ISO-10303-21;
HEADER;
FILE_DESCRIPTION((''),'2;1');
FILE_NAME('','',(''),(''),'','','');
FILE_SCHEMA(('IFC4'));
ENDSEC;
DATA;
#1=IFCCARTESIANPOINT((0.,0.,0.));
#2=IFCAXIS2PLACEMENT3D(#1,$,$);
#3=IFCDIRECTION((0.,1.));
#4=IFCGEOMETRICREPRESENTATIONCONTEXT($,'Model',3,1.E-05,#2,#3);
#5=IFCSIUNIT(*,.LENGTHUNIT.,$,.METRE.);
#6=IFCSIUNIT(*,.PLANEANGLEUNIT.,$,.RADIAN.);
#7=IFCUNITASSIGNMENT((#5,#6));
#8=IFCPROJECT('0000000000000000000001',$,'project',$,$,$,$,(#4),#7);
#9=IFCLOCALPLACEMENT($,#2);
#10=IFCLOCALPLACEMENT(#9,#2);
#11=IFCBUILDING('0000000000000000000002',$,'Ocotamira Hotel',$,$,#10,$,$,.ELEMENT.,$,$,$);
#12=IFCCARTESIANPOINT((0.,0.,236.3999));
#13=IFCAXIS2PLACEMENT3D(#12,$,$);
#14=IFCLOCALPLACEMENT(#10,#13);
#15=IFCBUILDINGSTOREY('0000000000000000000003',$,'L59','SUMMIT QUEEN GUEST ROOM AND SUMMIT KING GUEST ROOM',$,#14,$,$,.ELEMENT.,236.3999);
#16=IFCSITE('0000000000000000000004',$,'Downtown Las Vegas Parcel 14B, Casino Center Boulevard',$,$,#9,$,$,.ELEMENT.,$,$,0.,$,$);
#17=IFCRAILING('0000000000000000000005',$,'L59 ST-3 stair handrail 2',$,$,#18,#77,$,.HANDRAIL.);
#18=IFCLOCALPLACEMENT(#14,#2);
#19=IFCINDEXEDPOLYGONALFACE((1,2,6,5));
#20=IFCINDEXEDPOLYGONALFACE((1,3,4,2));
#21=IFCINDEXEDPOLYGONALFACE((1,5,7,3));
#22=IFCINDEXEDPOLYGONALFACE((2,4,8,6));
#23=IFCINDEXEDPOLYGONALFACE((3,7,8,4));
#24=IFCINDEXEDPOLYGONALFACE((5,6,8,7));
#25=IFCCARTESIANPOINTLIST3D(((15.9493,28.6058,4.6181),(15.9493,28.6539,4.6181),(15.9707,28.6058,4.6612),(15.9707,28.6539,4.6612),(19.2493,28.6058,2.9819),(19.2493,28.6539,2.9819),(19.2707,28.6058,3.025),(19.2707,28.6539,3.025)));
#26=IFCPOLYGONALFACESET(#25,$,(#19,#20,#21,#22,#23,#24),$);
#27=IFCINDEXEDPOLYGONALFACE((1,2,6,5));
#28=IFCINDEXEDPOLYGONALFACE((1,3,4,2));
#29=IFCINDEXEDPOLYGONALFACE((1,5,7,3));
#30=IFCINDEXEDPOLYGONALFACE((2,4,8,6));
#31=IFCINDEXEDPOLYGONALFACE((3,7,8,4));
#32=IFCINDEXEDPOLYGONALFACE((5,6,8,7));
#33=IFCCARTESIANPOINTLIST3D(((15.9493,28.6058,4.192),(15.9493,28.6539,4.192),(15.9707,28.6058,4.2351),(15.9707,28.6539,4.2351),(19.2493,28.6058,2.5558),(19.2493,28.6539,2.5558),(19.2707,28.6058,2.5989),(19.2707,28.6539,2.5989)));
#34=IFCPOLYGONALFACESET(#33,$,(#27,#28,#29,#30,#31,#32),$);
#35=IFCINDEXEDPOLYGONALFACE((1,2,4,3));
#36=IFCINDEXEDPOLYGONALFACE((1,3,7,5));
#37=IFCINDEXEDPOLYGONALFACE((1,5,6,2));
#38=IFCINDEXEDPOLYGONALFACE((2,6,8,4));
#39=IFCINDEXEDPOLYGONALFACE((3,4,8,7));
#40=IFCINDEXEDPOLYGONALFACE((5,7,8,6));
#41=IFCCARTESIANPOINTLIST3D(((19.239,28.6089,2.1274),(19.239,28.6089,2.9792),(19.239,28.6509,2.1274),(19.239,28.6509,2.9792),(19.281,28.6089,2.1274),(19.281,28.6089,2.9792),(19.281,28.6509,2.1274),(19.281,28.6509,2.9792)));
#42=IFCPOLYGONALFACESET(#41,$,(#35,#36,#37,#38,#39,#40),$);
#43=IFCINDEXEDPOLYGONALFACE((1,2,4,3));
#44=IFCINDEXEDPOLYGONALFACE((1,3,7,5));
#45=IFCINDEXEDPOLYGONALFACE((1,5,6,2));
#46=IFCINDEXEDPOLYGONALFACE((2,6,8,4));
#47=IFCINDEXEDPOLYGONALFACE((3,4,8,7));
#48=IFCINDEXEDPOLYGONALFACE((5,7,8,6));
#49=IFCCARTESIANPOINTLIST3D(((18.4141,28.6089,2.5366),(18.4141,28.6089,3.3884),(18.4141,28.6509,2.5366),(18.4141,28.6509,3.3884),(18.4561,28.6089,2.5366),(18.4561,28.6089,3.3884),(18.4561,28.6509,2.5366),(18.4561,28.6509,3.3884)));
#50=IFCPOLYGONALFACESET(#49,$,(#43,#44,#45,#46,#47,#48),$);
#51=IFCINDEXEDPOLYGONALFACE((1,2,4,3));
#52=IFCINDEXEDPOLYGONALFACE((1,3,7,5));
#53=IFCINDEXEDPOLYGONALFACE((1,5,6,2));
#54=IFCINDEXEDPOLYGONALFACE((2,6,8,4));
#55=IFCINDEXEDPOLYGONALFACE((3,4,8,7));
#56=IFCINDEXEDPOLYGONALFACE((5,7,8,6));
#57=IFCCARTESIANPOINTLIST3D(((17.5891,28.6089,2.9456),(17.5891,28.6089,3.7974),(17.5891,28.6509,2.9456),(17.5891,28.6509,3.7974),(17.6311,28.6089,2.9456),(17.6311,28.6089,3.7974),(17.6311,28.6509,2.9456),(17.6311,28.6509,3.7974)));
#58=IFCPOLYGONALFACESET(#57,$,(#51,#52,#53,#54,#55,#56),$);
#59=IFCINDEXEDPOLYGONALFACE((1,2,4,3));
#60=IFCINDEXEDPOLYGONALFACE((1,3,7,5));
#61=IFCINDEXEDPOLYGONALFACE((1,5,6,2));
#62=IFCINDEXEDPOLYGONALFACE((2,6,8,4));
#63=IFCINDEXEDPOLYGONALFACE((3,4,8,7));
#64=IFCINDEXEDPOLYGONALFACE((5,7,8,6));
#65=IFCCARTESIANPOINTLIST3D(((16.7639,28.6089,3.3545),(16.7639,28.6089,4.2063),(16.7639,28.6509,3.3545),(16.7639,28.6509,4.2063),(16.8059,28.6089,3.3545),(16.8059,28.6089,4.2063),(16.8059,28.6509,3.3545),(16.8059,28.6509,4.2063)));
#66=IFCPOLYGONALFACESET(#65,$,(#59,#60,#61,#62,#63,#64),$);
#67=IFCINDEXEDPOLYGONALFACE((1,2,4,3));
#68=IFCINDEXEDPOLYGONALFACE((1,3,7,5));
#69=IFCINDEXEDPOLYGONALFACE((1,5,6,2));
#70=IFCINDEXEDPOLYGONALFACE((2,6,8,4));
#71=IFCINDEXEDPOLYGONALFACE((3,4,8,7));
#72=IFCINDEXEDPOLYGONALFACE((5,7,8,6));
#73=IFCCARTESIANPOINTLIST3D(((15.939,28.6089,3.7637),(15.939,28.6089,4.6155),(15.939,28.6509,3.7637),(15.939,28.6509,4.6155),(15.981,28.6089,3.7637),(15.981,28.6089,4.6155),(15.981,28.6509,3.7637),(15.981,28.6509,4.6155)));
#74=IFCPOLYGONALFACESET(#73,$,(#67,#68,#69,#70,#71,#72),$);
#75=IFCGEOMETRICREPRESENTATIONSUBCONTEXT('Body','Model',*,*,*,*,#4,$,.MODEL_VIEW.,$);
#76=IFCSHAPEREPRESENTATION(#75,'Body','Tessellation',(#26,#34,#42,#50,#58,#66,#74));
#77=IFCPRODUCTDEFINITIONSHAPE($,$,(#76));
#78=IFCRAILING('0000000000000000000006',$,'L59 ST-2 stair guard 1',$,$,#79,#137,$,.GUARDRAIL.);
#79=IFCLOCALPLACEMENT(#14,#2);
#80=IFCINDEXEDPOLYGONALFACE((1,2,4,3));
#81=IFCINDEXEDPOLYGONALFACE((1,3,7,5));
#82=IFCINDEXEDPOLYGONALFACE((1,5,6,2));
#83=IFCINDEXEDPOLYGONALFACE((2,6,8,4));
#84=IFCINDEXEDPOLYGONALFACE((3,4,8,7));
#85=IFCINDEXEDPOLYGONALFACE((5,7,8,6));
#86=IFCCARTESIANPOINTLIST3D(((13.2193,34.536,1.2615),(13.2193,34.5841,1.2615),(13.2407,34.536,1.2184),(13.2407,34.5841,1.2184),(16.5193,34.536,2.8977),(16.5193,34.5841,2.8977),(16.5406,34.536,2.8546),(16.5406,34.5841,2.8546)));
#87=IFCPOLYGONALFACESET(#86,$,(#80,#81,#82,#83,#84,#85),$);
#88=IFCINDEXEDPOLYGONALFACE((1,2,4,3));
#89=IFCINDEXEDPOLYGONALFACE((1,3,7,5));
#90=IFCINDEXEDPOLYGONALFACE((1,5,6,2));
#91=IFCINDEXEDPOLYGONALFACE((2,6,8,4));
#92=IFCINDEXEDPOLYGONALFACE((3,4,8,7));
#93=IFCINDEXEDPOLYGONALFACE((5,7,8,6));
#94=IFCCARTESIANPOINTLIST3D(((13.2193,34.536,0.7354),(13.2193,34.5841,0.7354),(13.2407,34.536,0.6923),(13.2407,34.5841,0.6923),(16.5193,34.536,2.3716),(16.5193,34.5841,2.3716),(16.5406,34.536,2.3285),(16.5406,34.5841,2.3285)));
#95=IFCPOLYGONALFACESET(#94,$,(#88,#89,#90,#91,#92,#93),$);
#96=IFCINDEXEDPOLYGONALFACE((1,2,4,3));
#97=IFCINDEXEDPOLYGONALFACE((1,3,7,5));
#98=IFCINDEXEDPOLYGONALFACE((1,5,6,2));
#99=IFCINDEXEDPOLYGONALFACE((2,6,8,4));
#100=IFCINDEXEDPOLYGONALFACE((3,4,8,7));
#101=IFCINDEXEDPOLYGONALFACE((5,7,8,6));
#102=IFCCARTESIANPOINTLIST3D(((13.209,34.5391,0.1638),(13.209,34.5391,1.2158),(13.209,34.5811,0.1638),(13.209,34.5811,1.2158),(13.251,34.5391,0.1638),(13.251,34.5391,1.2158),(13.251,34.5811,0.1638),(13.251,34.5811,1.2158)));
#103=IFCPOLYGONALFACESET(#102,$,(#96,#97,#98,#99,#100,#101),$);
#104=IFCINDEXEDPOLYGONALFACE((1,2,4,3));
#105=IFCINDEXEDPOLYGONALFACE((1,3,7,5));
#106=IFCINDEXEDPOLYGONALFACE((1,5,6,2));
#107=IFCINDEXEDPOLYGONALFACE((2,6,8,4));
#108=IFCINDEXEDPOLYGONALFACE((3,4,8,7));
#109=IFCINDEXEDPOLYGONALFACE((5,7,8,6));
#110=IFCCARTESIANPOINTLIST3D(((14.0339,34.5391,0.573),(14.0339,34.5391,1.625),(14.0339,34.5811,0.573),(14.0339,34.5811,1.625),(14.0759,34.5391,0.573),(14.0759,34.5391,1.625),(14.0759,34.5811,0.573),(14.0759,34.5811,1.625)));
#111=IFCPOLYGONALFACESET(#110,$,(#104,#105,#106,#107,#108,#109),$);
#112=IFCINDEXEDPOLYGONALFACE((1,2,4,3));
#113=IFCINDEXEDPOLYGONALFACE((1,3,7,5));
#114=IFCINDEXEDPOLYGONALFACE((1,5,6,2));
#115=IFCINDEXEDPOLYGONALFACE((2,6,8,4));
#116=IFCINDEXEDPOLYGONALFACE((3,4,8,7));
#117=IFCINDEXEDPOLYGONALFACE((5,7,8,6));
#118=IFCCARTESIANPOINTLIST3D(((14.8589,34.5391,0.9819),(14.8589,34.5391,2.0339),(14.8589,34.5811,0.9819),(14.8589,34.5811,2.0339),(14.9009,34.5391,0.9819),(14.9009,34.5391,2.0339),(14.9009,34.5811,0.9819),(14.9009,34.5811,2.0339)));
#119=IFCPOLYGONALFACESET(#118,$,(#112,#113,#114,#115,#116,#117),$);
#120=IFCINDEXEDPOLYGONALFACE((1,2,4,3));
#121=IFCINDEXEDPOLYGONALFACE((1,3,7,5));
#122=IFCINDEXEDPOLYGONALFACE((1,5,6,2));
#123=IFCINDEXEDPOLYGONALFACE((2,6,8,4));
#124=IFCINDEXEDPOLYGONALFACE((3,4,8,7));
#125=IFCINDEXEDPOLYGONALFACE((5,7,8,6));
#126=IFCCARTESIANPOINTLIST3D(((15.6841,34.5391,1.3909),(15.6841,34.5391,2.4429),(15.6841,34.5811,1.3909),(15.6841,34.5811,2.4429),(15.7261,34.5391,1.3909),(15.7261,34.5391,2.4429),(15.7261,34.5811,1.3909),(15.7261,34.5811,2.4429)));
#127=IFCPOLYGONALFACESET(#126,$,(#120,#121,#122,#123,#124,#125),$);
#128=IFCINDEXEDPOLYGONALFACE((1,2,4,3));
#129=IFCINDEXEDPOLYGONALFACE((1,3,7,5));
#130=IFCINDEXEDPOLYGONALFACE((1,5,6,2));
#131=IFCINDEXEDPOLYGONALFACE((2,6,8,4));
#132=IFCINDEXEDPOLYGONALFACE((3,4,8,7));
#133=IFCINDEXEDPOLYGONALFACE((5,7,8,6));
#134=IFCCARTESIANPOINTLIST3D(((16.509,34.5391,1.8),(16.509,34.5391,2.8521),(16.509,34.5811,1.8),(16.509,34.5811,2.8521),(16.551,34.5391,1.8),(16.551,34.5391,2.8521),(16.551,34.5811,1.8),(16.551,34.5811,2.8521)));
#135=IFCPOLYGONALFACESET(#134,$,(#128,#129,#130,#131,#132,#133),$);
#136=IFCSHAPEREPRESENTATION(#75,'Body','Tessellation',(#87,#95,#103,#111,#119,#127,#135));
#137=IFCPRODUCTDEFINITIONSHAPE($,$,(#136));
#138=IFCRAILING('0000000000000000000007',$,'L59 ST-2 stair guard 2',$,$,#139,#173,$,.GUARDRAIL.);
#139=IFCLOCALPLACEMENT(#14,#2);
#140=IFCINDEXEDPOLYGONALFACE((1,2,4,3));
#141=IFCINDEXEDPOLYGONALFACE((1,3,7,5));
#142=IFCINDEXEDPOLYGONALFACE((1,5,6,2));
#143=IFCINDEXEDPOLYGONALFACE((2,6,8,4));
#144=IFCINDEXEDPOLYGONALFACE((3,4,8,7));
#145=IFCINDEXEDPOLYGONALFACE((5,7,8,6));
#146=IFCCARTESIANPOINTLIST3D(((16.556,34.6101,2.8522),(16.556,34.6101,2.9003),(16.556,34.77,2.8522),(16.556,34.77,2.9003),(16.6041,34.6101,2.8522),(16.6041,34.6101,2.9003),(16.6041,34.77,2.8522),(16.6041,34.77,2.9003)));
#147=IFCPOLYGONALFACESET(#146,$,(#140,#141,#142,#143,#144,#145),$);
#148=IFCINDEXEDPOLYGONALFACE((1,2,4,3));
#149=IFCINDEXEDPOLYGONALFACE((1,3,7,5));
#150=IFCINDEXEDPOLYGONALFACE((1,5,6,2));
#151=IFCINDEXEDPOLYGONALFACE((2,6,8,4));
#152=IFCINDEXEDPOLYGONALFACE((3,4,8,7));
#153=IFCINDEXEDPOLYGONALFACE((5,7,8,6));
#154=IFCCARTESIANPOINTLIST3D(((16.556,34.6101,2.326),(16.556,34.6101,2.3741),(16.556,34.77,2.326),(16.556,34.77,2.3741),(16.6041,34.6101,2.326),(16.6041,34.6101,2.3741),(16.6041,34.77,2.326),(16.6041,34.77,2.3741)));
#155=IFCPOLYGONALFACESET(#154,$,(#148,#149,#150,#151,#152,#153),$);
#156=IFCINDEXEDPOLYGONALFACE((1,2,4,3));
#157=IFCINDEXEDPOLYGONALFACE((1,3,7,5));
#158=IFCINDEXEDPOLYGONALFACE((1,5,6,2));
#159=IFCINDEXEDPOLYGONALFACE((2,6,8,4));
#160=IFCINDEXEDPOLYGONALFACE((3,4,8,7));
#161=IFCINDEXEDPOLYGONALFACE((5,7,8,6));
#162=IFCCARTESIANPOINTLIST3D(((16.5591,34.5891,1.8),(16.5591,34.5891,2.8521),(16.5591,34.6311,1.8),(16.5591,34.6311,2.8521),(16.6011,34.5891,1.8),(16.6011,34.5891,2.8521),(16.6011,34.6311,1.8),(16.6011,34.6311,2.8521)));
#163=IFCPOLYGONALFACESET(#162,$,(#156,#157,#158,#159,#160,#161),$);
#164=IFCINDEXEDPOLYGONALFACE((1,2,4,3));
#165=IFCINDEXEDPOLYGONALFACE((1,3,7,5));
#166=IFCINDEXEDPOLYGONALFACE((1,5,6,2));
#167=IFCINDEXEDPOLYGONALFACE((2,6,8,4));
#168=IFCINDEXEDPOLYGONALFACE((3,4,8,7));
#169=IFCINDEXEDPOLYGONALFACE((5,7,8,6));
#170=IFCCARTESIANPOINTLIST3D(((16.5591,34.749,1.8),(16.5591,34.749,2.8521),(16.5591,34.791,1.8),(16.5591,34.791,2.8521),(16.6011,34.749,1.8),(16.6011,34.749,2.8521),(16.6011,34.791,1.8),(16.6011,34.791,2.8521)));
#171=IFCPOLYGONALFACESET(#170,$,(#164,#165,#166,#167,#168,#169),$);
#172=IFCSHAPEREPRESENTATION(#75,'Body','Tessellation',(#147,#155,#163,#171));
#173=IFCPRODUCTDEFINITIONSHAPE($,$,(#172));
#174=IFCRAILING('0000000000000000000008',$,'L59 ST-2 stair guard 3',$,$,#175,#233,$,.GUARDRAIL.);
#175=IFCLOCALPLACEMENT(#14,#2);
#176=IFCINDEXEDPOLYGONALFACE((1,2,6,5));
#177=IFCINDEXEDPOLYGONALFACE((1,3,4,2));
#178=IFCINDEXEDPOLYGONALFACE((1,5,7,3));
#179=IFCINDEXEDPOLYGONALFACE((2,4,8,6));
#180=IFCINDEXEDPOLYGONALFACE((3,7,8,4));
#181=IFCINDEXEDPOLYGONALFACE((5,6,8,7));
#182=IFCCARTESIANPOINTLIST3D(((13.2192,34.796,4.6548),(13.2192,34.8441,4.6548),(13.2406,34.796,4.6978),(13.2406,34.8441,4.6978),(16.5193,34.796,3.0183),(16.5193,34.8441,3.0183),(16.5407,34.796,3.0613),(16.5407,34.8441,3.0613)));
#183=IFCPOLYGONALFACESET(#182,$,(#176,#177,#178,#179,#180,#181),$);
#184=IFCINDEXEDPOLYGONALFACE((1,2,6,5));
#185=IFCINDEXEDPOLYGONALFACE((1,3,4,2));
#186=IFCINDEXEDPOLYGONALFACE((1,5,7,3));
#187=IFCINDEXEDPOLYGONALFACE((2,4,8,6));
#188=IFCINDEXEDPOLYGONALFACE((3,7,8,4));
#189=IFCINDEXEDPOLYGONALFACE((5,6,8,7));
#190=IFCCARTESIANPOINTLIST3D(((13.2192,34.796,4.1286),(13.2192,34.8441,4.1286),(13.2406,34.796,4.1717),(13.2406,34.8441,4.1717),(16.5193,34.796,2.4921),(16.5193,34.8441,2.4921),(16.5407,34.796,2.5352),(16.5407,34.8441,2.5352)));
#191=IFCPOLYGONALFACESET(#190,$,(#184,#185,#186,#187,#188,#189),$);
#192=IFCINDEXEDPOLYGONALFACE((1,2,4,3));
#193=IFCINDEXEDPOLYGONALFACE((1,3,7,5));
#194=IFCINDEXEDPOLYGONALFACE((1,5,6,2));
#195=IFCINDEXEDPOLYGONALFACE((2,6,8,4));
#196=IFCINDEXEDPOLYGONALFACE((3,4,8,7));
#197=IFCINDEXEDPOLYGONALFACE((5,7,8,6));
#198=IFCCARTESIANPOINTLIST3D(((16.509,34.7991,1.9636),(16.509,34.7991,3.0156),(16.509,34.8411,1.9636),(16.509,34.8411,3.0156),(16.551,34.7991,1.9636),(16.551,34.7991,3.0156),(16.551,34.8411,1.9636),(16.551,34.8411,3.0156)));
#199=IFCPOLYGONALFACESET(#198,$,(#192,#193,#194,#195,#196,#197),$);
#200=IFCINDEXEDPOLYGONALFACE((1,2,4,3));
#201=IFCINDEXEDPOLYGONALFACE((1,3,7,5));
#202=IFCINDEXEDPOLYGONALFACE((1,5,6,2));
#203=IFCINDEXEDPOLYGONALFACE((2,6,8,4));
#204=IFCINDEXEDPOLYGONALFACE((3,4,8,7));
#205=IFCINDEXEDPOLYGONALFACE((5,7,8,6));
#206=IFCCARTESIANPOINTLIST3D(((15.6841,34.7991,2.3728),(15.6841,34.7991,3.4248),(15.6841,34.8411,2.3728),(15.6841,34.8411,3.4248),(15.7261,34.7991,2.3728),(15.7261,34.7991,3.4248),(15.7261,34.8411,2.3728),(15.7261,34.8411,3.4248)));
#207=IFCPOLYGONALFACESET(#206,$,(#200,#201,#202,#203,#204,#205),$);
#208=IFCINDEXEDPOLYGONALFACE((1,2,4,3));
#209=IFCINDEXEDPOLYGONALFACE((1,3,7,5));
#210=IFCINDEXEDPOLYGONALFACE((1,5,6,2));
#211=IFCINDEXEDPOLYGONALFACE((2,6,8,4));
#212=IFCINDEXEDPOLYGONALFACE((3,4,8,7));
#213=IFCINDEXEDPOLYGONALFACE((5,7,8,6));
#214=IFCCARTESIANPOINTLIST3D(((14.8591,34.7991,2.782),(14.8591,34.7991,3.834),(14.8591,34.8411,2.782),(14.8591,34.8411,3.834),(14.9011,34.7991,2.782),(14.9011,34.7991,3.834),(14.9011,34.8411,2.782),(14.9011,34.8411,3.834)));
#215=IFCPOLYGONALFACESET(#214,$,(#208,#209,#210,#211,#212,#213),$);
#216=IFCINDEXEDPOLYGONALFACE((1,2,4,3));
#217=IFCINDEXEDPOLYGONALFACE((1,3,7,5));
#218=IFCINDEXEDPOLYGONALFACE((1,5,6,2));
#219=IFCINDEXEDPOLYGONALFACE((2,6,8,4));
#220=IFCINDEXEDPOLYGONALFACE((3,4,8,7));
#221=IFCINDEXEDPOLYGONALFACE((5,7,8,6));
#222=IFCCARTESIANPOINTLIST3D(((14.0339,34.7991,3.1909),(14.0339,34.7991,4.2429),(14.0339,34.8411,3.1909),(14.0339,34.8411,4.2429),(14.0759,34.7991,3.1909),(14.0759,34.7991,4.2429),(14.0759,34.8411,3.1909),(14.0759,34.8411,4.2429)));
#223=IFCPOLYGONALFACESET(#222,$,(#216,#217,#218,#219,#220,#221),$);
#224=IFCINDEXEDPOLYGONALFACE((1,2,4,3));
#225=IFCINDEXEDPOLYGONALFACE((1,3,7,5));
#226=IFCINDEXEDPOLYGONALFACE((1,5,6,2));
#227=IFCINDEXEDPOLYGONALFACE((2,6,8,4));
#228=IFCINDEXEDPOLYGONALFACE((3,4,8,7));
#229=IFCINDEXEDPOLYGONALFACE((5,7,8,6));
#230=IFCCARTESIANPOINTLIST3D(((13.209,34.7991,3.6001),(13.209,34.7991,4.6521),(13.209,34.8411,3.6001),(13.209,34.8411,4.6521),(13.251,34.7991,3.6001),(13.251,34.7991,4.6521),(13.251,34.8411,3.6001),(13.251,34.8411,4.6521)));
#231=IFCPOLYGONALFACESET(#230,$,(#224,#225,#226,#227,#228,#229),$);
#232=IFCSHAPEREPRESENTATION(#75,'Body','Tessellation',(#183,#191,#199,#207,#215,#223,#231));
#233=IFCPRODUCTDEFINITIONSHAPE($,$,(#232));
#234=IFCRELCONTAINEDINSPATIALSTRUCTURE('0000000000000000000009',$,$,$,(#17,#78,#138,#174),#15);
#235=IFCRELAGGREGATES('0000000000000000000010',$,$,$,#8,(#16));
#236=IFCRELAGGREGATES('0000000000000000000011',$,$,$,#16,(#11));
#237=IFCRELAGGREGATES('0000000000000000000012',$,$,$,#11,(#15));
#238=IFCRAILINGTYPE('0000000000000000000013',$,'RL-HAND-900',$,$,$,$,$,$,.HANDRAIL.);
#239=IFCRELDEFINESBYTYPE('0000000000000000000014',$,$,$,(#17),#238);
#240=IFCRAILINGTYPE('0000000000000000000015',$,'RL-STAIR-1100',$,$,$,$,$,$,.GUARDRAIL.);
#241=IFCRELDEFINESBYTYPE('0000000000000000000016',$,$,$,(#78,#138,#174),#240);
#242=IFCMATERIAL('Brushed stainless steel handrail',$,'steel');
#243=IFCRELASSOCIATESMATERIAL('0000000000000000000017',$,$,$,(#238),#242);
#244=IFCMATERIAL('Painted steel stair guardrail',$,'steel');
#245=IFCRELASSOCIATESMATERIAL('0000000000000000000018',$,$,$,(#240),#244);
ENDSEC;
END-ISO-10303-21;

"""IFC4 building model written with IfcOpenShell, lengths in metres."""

from ifc_helpers import new_model, si_unit, direction, frame, origin, origin_2d, place, context, subcontext, project, spatial, rectangle, extrude, material, type_object, element, save


model = new_model("IFC4")

# Units and contexts
model_context = context("Model", 3, precision=1e-05, world=origin(), true_north=direction((0.0, 1.0)))
body_context = subcontext(model_context, "Body", "Model", "MODEL_VIEW")
ifc_project = project(units=[si_unit("LENGTHUNIT", "METRE"), si_unit("PLANEANGLEUNIT", "RADIAN")], contexts=[model_context])

# Site, building, storey
site_placement = place(None, origin())
site = spatial("IfcSite", under=ifc_project, at=site_placement, Name="Downtown Las Vegas Parcel 14B, Casino Center Boulevard", CompositionType="ELEMENT", RefElevation=0.0)
building_placement = place(site_placement, origin())
building = spatial("IfcBuilding", under=site, at=building_placement, Name="Ocotamira Hotel", CompositionType="ELEMENT")
storey_placement = place(building_placement, frame((0.0, 0.0, 236.3999)))
storey = spatial("IfcBuildingStorey", under=building, at=storey_placement, Name="L59", Description="SUMMIT QUEEN GUEST ROOM AND SUMMIT KING GUEST ROOM", CompositionType="ELEMENT", Elevation=236.3999)

# Railings
ifc_material_1 = material(Name="Painted steel stair guardrail", Category="steel")
ifc_material_2 = material(Name="Brushed stainless steel handrail", Category="steel")
railing_type_1 = type_object("IfcRailingType", Name="RL-HAND-900", PredefinedType="HANDRAIL", material=ifc_material_2)
railing_1_placement = place(storey_placement, frame((19.26, 28.6299, 2.1274)))
element("IfcRailing", 1, at=railing_1_placement, inside=storey, type_object=railing_type_1, Name="L59 ST-3 stair handrail 2", PredefinedType="HANDRAIL", context=body_context, shape_type="SweptSolid", body=[
    extrude(rectangle(XDim=0.0481, YDim=0.0481, at=origin_2d()), frame((0.0, 0.0, 0.876), z_axis=(-0.89592, 0.0, 0.444215), x_axis=(0.0, -1.0, 0.0)), (0.0, 0.0, 1.0), 3.6833),
    extrude(rectangle(XDim=0.0481, YDim=0.0481, at=origin_2d()), frame((0.0, 0.0, 0.45), z_axis=(-0.89592, 0.0, 0.444215), x_axis=(0.0, -1.0, 0.0)), (0.0, 0.0, 1.0), 3.6833),
    extrude(rectangle(XDim=0.042, YDim=0.042, at=origin_2d()), origin(), (0.0, 0.0, 1.0), 0.8518),
    extrude(rectangle(XDim=0.042, YDim=0.042, at=origin_2d()), frame((-0.825, 0.0, 0.4092)), (0.0, 0.0, 1.0), 0.8518),
    extrude(rectangle(XDim=0.042, YDim=0.042, at=origin_2d()), frame((-1.6499, 0.0, 0.8181)), (0.0, 0.0, 1.0), 0.8518),
    extrude(rectangle(XDim=0.042, YDim=0.042, at=origin_2d()), frame((-2.4751, 0.0, 1.2271)), (0.0, 0.0, 1.0), 0.8518),
    extrude(rectangle(XDim=0.042, YDim=0.042, at=origin_2d()), frame((-3.3, 0.0, 1.6362)), (0.0, 0.0, 1.0), 0.8518),
])
railing_type_2 = type_object("IfcRailingType", Name="RL-STAIR-1100", PredefinedType="GUARDRAIL", material=ifc_material_1)
railing_2_placement = place(storey_placement, frame((13.23, 34.5601, 0.1638)))
element("IfcRailing", 2, at=railing_2_placement, inside=storey, type_object=railing_type_2, Name="L59 ST-2 stair guard 1", PredefinedType="GUARDRAIL", context=body_context, shape_type="SweptSolid", body=[
    extrude(rectangle(XDim=0.0481, YDim=0.0481, at=origin_2d()), frame((0.0, 0.0, 1.0762), z_axis=(0.89592, 0.0, 0.444215), x_axis=(0.0, 1.0, 0.0)), (0.0, 0.0, 1.0), 3.6833),
    extrude(rectangle(XDim=0.0481, YDim=0.0481, at=origin_2d()), frame((0.0, 0.0, 0.55), z_axis=(0.89592, 0.0, 0.444215), x_axis=(0.0, 1.0, 0.0)), (0.0, 0.0, 1.0), 3.6833),
    extrude(rectangle(XDim=0.042, YDim=0.042, at=origin_2d()), origin(), (0.0, 0.0, 1.0), 1.052),
    extrude(rectangle(XDim=0.042, YDim=0.042, at=origin_2d()), frame((0.825, 0.0, 0.4092)), (0.0, 0.0, 1.0), 1.052),
    extrude(rectangle(XDim=0.042, YDim=0.042, at=origin_2d()), frame((1.6499, 0.0, 0.8181)), (0.0, 0.0, 1.0), 1.052),
    extrude(rectangle(XDim=0.042, YDim=0.042, at=origin_2d()), frame((2.4751, 0.0, 1.2271)), (0.0, 0.0, 1.0), 1.052),
    extrude(rectangle(XDim=0.042, YDim=0.042, at=origin_2d()), frame((3.3, 0.0, 1.6362)), (0.0, 0.0, 1.0), 1.052),
])
railing_3_placement = place(storey_placement, frame((16.5801, 34.6101, 1.8)))
element("IfcRailing", 3, at=railing_3_placement, inside=storey, type_object=railing_type_2, Name="L59 ST-2 stair guard 2", PredefinedType="GUARDRAIL", context=body_context, shape_type="SweptSolid", body=[
    extrude(rectangle(XDim=0.0481, YDim=0.0481, at=origin_2d()), frame((0.0, 0.0, 1.0762), z_axis=(0.0, 1.0, 0.0), x_axis=(-1.0, 0.0, 0.0)), (0.0, 0.0, 1.0), 0.1599),
    extrude(rectangle(XDim=0.0481, YDim=0.0481, at=origin_2d()), frame((0.0, 0.0, 0.55), z_axis=(0.0, 1.0, 0.0), x_axis=(-1.0, 0.0, 0.0)), (0.0, 0.0, 1.0), 0.1599),
    extrude(rectangle(XDim=0.042, YDim=0.042, at=origin_2d()), origin(), (0.0, 0.0, 1.0), 1.052),
    extrude(rectangle(XDim=0.042, YDim=0.042, at=origin_2d()), frame((0.0, 0.1599, 0.0)), (0.0, 0.0, 1.0), 1.052),
])
railing_4_placement = place(storey_placement, frame((16.53, 34.8201, 1.9636)))
element("IfcRailing", 4, at=railing_4_placement, inside=storey, type_object=railing_type_2, Name="L59 ST-2 stair guard 3", PredefinedType="GUARDRAIL", context=body_context, shape_type="SweptSolid", body=[
    extrude(rectangle(XDim=0.0481, YDim=0.0481, at=origin_2d()), frame((0.0, 0.0, 1.0762), z_axis=(-0.895894, 0.0, 0.444268), x_axis=(0.0, -1.0, 0.0)), (0.0, 0.0, 1.0), 3.6836),
    extrude(rectangle(XDim=0.0481, YDim=0.0481, at=origin_2d()), frame((0.0, 0.0, 0.55), z_axis=(-0.895894, 0.0, 0.444268), x_axis=(0.0, -1.0, 0.0)), (0.0, 0.0, 1.0), 3.6836),
    extrude(rectangle(XDim=0.042, YDim=0.042, at=origin_2d()), origin(), (0.0, 0.0, 1.0), 1.052),
    extrude(rectangle(XDim=0.042, YDim=0.042, at=origin_2d()), frame((-0.825, 0.0, 0.4092)), (0.0, 0.0, 1.0), 1.052),
    extrude(rectangle(XDim=0.042, YDim=0.042, at=origin_2d()), frame((-1.6499, 0.0, 0.8184)), (0.0, 0.0, 1.0), 1.052),
    extrude(rectangle(XDim=0.042, YDim=0.042, at=origin_2d()), frame((-2.4751, 0.0, 1.2273)), (0.0, 0.0, 1.0), 1.052),
    extrude(rectangle(XDim=0.042, YDim=0.042, at=origin_2d()), frame((-3.3, 0.0, 1.6365)), (0.0, 0.0, 1.0), 1.052),
])

save(model, "model.ifc")
